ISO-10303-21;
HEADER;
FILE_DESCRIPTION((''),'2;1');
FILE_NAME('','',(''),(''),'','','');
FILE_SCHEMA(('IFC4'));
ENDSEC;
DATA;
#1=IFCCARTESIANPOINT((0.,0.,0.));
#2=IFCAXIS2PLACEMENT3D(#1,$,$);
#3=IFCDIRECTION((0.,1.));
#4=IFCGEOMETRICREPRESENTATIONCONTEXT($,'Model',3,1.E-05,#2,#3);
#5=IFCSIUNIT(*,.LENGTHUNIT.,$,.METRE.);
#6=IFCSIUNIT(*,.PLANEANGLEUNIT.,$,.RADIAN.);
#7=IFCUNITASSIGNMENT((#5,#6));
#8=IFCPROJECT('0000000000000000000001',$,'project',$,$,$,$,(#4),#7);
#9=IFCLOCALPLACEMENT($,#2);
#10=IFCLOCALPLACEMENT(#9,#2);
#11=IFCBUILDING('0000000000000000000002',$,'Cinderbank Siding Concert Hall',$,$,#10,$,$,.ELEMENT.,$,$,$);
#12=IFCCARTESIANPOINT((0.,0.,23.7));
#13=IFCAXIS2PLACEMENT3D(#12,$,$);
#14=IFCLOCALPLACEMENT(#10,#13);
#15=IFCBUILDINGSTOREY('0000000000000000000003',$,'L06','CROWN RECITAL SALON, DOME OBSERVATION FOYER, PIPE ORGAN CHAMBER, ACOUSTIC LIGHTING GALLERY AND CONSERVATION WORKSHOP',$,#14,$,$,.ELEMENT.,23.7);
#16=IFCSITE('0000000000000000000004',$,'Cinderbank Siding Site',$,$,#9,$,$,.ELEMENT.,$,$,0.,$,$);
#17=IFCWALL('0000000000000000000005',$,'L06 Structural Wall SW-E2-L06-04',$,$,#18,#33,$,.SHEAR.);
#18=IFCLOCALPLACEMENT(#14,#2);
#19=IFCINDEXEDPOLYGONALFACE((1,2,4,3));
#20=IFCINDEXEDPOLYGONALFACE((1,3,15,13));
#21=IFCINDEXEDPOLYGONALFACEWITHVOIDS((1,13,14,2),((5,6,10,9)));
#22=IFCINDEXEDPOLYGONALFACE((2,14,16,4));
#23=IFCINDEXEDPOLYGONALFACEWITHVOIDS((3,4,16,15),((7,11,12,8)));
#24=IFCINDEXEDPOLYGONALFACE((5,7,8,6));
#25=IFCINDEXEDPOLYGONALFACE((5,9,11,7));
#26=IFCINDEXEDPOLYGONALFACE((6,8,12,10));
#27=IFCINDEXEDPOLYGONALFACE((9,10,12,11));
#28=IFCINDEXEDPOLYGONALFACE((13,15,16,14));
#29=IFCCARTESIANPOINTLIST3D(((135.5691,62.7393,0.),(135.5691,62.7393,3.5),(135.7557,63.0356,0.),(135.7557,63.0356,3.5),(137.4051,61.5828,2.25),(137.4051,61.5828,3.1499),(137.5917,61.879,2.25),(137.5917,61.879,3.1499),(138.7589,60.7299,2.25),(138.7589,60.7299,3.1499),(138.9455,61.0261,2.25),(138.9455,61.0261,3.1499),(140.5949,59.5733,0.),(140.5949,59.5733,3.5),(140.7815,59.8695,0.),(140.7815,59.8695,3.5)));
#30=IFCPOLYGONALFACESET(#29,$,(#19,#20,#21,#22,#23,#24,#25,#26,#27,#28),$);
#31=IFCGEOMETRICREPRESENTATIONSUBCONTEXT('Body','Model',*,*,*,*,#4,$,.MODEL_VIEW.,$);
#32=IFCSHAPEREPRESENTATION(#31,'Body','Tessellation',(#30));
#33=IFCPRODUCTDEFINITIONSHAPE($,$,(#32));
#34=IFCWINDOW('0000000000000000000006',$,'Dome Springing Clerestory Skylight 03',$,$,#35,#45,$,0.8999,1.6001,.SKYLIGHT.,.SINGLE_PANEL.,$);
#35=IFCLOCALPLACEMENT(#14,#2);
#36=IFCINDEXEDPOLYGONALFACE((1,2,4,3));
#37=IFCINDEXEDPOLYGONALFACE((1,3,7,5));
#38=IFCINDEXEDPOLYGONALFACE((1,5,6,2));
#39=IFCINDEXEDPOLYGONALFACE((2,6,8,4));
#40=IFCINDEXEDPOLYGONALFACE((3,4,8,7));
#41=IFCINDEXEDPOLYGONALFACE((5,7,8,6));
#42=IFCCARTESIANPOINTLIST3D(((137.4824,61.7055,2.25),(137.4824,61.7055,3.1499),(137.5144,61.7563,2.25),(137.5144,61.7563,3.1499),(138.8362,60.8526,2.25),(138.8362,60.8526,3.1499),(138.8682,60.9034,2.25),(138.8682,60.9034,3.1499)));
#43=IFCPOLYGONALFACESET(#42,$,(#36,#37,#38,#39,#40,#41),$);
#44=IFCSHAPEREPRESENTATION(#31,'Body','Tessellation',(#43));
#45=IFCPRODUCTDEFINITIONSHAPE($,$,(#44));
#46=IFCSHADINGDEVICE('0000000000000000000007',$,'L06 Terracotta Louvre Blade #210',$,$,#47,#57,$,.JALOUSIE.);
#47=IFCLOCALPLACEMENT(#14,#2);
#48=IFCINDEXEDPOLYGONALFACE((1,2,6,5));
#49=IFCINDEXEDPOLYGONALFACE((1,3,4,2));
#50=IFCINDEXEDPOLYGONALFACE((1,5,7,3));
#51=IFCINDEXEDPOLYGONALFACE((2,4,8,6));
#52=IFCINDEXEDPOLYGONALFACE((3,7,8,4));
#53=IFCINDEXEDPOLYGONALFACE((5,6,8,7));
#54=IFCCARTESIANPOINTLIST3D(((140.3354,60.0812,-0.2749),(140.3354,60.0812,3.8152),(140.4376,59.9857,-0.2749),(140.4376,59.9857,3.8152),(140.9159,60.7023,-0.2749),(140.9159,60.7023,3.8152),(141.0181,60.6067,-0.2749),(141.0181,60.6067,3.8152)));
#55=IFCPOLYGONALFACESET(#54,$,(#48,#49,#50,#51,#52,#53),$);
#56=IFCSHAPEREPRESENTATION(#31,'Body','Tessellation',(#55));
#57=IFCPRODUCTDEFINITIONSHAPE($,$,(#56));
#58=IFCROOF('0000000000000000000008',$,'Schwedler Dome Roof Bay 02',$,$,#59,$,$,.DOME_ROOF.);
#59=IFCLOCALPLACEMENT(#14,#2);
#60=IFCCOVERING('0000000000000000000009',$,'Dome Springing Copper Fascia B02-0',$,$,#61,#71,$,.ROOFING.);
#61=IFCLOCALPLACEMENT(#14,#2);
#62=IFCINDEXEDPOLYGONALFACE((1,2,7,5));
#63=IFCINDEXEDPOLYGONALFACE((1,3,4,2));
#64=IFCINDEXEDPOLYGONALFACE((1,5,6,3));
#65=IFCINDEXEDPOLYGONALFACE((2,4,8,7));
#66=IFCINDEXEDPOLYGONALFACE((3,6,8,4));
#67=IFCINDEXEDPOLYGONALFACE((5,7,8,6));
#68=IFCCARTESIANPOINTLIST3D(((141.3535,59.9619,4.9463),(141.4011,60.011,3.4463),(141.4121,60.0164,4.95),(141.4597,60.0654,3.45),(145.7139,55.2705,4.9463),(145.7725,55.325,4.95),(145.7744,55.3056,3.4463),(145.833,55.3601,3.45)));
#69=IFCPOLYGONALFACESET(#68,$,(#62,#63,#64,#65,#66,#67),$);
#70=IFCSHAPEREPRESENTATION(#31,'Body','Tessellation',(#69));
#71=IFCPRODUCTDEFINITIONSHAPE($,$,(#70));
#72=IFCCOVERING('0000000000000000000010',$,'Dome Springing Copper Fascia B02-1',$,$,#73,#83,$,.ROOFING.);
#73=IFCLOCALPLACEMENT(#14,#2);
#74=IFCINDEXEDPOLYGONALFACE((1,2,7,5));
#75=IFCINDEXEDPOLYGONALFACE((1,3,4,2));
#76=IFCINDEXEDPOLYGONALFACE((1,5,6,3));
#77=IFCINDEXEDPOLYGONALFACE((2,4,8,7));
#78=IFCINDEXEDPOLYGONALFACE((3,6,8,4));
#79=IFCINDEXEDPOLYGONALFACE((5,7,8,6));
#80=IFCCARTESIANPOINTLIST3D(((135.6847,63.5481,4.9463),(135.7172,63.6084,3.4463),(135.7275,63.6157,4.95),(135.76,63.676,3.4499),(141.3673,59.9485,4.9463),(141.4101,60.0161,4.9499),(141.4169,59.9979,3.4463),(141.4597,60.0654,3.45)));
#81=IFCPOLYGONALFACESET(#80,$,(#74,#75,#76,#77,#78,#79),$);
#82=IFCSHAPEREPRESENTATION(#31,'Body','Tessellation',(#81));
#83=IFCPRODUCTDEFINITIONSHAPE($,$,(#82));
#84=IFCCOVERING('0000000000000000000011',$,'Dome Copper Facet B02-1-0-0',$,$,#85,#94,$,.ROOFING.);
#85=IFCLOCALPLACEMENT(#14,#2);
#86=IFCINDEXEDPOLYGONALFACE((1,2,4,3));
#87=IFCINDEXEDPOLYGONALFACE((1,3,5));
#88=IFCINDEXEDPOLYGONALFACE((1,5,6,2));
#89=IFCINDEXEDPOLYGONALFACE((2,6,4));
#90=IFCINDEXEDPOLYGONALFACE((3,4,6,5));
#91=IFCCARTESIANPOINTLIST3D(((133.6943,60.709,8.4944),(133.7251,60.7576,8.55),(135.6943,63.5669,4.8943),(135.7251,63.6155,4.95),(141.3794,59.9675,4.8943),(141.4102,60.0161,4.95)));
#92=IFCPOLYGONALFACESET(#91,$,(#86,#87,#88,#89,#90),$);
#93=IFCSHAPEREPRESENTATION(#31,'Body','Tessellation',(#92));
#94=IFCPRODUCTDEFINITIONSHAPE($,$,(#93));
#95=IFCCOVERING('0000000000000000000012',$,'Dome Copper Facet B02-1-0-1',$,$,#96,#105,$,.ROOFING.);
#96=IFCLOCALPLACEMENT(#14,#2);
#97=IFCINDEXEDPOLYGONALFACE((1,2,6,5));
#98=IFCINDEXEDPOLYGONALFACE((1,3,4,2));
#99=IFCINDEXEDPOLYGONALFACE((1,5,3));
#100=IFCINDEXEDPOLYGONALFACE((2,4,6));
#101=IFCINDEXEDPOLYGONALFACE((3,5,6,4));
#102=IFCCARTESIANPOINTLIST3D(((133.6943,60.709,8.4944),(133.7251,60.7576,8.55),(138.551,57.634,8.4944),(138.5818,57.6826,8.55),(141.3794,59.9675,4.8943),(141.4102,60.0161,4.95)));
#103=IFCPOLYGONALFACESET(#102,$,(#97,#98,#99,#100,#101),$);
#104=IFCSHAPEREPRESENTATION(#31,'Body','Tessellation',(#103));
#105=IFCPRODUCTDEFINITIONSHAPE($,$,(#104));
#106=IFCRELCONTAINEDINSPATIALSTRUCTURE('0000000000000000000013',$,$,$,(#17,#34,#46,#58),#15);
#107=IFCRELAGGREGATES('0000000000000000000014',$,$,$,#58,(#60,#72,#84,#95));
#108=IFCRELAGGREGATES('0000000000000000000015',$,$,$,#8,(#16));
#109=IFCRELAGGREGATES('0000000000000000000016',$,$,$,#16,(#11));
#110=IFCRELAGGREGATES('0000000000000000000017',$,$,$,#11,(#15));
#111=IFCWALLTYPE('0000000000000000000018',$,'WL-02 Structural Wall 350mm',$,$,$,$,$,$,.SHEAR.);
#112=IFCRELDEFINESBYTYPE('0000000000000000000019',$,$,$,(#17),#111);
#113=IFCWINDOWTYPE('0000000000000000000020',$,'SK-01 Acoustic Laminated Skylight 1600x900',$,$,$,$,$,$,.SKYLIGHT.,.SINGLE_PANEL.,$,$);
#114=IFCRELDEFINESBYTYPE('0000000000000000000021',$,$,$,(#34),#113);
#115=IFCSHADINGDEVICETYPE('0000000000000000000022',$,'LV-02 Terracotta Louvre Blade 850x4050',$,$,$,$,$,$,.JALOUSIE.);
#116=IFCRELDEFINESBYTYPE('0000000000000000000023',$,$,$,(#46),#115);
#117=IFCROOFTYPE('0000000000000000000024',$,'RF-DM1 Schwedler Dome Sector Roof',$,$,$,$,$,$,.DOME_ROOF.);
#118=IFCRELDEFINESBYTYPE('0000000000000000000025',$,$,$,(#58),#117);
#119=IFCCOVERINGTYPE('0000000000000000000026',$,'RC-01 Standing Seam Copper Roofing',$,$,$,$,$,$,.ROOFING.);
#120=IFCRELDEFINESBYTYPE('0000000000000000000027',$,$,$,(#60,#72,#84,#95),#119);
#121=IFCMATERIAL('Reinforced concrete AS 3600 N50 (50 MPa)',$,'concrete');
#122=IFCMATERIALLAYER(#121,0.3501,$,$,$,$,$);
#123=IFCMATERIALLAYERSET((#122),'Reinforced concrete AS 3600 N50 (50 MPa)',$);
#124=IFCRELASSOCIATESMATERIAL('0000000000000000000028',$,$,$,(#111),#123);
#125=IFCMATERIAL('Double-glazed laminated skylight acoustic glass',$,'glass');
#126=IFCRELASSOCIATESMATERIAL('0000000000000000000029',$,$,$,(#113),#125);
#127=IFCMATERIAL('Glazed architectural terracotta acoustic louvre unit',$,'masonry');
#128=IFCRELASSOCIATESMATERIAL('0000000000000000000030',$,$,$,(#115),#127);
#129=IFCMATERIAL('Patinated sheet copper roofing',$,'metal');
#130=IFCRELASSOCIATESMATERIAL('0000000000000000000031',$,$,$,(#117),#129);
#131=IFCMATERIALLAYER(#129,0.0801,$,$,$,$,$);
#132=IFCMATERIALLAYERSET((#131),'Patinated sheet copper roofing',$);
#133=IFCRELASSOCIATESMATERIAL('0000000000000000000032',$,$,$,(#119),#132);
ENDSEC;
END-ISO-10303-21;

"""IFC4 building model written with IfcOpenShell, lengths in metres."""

from ifc_helpers import new_model, si_unit, direction, frame, frame_2d, origin, origin_2d, place, context, subcontext, project, spatial, polyline, rectangle, outline, extrude, material, layer, layer_set, type_object, element, fill, aggregate, save


model = new_model("IFC4")

# Units and contexts
model_context = context("Model", 3, precision=1e-05, world=origin(), true_north=direction((0.0, 1.0)))
body_context = subcontext(model_context, "Body", "Model", "MODEL_VIEW")
ifc_project = project(units=[si_unit("LENGTHUNIT", "METRE"), si_unit("PLANEANGLEUNIT", "RADIAN")], contexts=[model_context])

# Site, building, storey
site_placement = place(None, origin())
site = spatial("IfcSite", under=ifc_project, at=site_placement, Name="Cinderbank Siding Site", CompositionType="ELEMENT", RefElevation=0.0)
building_placement = place(site_placement, origin())
building = spatial("IfcBuilding", under=site, at=building_placement, Name="Cinderbank Siding Concert Hall", CompositionType="ELEMENT")
storey_placement = place(building_placement, frame((0.0, 0.0, 23.7)))
storey = spatial("IfcBuildingStorey", under=building, at=storey_placement, Name="L06", Description="CROWN RECITAL SALON, DOME OBSERVATION FOYER, PIPE ORGAN CHAMBER, ACOUSTIC LIGHTING GALLERY AND CONSERVATION WORKSHOP", CompositionType="ELEMENT", Elevation=23.7)

# Shared definitions
ifc_material_1 = material(Name="Reinforced concrete AS 3600 N50 (50 MPa)", Category="concrete")

# Wall, opening, window
ifc_layer_1 = layer(ifc_material_1, 0.3501)
ifc_layer_set_1 = layer_set([ifc_layer_1], Name="Reinforced concrete AS 3600 N50 (50 MPa)")
wall_type = type_object("IfcWallType", Name="WL-02 Structural Wall 350mm", PredefinedType="SHEAR", material=ifc_layer_set_1)
wall_placement = place(storey_placement, frame((140.6882, 59.7214, 0.0), z_axis=(0.0, 0.0, 1.0), x_axis=(-0.846113, 0.533003, 0.0)))
wall = element("IfcWall", 1, at=wall_placement, inside=storey, type_object=wall_type, Name="L06 Structural Wall SW-E2-L06-04", PredefinedType="SHEAR", context=body_context, shape_type="SweptSolid", body=[
    extrude(rectangle(XDim=5.9399, YDim=0.3501, at=frame_2d((2.97, 0.0))), origin(), (0.0, 0.0, 1.0), 3.5),
])
opening_placement = place(wall_placement, frame((2.1699, 0.0, 2.25)))
opening = element("IfcOpeningElement", 2, at=opening_placement, cuts=wall, PredefinedType="OPENING", context=body_context, shape_type="SweptSolid", body=[
    extrude(rectangle(XDim=1.6001, YDim=0.8999, at=frame_2d((0.8, 0.45))), frame((0.0, 0.187, 0.0), z_axis=(0.0, -1.0, 0.0), x_axis=(1.0, 0.0, 0.0)), (0.0, 0.0, 1.0), 0.374),
])
ifc_material_2 = material(Name="Double-glazed laminated skylight acoustic glass", Category="glass")
window_type = type_object("IfcWindowType", Name="SK-01 Acoustic Laminated Skylight 1600x900", PartitioningType="SINGLE_PANEL", PredefinedType="SKYLIGHT", material=ifc_material_2)
window_placement = place(opening_placement, origin())
window = element("IfcWindow", 3, at=window_placement, inside=storey, type_object=window_type, Name="Dome Springing Clerestory Skylight 03", OverallHeight=0.8999, OverallWidth=1.6001, PartitioningType="SINGLE_PANEL", PredefinedType="SKYLIGHT", context=body_context, shape_type="SweptSolid", body=[
    extrude(rectangle(XDim=1.6001, YDim=0.8999, at=frame_2d((0.8, 0.45))), frame((0.0, 0.03, 0.0), z_axis=(0.0, -1.0, 0.0), x_axis=(1.0, 0.0, 0.0)), (0.0, 0.0, 1.0), 0.0601),
])
fill(opening, window)

# Shading device
ifc_material_3 = material(Name="Glazed architectural terracotta acoustic louvre unit", Category="masonry")
shading_device_type = type_object("IfcShadingDeviceType", Name="LV-02 Terracotta Louvre Blade 850x4050", PredefinedType="JALOUSIE", material=ifc_material_3)
shading_device_placement = place(storey_placement, frame((140.6768, 60.344, -0.2749), z_axis=(0.0, 0.0, 1.0), x_axis=(0.682869, 0.730541, 0.0)))
element("IfcShadingDevice", 4, at=shading_device_placement, inside=storey, type_object=shading_device_type, Name="L06 Terracotta Louvre Blade #210", PredefinedType="JALOUSIE", context=body_context, shape_type="SweptSolid", body=[
    extrude(rectangle(XDim=0.8501, YDim=0.1399, at=origin_2d()), origin(), (0.0, 0.0, 1.0), 4.0901),
])

# Roof, coverings
ifc_material_4 = material(Name="Patinated sheet copper roofing", Category="metal")
roof_type = type_object("IfcRoofType", Name="RF-DM1 Schwedler Dome Sector Roof", PredefinedType="DOME_ROOF", material=ifc_material_4)
roof_placement = place(storey_placement, origin())
roof = element("IfcRoof", 5, at=roof_placement, inside=storey, type_object=roof_type, Name="Schwedler Dome Roof Bay 02", PredefinedType="DOME_ROOF")
ifc_layer_2 = layer(ifc_material_4, 0.0801)
ifc_layer_set_2 = layer_set([ifc_layer_2], Name="Patinated sheet copper roofing")
covering_type = type_object("IfcCoveringType", Name="RC-01 Standing Seam Copper Roofing", PredefinedType="ROOFING", material=ifc_layer_set_2)
covering_1_placement = place(storey_placement, frame((145.833, 55.3601, 3.45), z_axis=(0.731721, 0.680086, 0.045474), x_axis=(-0.68079, 0.732478, 0.0)))
covering_1 = element("IfcCovering", 6, at=covering_1_placement, type_object=covering_type, Name="Dome Springing Copper Fascia B02-0", PredefinedType="ROOFING", context=body_context, shape_type="SweptSolid", body=[
    extrude(outline(polyline([(0.0, 0.0), (6.4238, 0.0), (6.4203, 1.5016), (0.0155, 1.5016), (0.0, 0.0)])), origin(), (0.0, 0.0, -1.0), 0.0801),
])
covering_2_placement = place(storey_placement, frame((141.4597, 60.0654, 3.45), z_axis=(0.534573, 0.843899, 0.045453), x_axis=(-0.844772, 0.535126, 0.0)))
covering_2 = element("IfcCovering", 7, at=covering_2_placement, type_object=covering_type, Name="Dome Springing Copper Fascia B02-1", PredefinedType="ROOFING", context=body_context, shape_type="SweptSolid", body=[
    extrude(outline(polyline([(0.0, 0.0), (6.7471, 0.0), (6.7422, 1.5016), (0.0155, 1.5015), (0.0, 0.0)])), origin(), (0.0, 0.0, -1.0), 0.0801),
])
covering_3_placement = place(storey_placement, frame((141.4102, 60.0161, 4.95), z_axis=(0.384372, 0.607101, 0.695476), x_axis=(-0.844898, 0.534928, 0.0)))
covering_3 = element("IfcCovering", 8, at=covering_3_placement, type_object=covering_type, Name="Dome Copper Facet B02-1-0-0", PredefinedType="ROOFING", context=body_context, shape_type="SweptSolid", body=[
    extrude(outline(polyline([(0.0, 0.0), (6.7287, 0.0), (6.8897, 5.0102), (0.0, 0.0)])), origin(), (0.0, 0.0, -1.0), 0.0801),
])
covering_4_placement = place(storey_placement, frame((141.4102, 60.0161, 4.95), z_axis=(0.384374, 0.607094, 0.695481), x_axis=(-0.902125, 0.087037, 0.422604)))
covering_4 = element("IfcCovering", 9, at=covering_4_placement, type_object=covering_type, Name="Dome Copper Facet B02-1-0-1", PredefinedType="ROOFING", context=body_context, shape_type="SweptSolid", body=[
    extrude(outline(polyline([(0.0, 0.0), (8.5188, 0.0), (3.8699, 3.3808), (0.0, 0.0)])), origin(), (0.0, 0.0, -1.0), 0.0801),
])
aggregate(roof, [covering_1, covering_2, covering_3, covering_4])

save(model, "model.ifc")
